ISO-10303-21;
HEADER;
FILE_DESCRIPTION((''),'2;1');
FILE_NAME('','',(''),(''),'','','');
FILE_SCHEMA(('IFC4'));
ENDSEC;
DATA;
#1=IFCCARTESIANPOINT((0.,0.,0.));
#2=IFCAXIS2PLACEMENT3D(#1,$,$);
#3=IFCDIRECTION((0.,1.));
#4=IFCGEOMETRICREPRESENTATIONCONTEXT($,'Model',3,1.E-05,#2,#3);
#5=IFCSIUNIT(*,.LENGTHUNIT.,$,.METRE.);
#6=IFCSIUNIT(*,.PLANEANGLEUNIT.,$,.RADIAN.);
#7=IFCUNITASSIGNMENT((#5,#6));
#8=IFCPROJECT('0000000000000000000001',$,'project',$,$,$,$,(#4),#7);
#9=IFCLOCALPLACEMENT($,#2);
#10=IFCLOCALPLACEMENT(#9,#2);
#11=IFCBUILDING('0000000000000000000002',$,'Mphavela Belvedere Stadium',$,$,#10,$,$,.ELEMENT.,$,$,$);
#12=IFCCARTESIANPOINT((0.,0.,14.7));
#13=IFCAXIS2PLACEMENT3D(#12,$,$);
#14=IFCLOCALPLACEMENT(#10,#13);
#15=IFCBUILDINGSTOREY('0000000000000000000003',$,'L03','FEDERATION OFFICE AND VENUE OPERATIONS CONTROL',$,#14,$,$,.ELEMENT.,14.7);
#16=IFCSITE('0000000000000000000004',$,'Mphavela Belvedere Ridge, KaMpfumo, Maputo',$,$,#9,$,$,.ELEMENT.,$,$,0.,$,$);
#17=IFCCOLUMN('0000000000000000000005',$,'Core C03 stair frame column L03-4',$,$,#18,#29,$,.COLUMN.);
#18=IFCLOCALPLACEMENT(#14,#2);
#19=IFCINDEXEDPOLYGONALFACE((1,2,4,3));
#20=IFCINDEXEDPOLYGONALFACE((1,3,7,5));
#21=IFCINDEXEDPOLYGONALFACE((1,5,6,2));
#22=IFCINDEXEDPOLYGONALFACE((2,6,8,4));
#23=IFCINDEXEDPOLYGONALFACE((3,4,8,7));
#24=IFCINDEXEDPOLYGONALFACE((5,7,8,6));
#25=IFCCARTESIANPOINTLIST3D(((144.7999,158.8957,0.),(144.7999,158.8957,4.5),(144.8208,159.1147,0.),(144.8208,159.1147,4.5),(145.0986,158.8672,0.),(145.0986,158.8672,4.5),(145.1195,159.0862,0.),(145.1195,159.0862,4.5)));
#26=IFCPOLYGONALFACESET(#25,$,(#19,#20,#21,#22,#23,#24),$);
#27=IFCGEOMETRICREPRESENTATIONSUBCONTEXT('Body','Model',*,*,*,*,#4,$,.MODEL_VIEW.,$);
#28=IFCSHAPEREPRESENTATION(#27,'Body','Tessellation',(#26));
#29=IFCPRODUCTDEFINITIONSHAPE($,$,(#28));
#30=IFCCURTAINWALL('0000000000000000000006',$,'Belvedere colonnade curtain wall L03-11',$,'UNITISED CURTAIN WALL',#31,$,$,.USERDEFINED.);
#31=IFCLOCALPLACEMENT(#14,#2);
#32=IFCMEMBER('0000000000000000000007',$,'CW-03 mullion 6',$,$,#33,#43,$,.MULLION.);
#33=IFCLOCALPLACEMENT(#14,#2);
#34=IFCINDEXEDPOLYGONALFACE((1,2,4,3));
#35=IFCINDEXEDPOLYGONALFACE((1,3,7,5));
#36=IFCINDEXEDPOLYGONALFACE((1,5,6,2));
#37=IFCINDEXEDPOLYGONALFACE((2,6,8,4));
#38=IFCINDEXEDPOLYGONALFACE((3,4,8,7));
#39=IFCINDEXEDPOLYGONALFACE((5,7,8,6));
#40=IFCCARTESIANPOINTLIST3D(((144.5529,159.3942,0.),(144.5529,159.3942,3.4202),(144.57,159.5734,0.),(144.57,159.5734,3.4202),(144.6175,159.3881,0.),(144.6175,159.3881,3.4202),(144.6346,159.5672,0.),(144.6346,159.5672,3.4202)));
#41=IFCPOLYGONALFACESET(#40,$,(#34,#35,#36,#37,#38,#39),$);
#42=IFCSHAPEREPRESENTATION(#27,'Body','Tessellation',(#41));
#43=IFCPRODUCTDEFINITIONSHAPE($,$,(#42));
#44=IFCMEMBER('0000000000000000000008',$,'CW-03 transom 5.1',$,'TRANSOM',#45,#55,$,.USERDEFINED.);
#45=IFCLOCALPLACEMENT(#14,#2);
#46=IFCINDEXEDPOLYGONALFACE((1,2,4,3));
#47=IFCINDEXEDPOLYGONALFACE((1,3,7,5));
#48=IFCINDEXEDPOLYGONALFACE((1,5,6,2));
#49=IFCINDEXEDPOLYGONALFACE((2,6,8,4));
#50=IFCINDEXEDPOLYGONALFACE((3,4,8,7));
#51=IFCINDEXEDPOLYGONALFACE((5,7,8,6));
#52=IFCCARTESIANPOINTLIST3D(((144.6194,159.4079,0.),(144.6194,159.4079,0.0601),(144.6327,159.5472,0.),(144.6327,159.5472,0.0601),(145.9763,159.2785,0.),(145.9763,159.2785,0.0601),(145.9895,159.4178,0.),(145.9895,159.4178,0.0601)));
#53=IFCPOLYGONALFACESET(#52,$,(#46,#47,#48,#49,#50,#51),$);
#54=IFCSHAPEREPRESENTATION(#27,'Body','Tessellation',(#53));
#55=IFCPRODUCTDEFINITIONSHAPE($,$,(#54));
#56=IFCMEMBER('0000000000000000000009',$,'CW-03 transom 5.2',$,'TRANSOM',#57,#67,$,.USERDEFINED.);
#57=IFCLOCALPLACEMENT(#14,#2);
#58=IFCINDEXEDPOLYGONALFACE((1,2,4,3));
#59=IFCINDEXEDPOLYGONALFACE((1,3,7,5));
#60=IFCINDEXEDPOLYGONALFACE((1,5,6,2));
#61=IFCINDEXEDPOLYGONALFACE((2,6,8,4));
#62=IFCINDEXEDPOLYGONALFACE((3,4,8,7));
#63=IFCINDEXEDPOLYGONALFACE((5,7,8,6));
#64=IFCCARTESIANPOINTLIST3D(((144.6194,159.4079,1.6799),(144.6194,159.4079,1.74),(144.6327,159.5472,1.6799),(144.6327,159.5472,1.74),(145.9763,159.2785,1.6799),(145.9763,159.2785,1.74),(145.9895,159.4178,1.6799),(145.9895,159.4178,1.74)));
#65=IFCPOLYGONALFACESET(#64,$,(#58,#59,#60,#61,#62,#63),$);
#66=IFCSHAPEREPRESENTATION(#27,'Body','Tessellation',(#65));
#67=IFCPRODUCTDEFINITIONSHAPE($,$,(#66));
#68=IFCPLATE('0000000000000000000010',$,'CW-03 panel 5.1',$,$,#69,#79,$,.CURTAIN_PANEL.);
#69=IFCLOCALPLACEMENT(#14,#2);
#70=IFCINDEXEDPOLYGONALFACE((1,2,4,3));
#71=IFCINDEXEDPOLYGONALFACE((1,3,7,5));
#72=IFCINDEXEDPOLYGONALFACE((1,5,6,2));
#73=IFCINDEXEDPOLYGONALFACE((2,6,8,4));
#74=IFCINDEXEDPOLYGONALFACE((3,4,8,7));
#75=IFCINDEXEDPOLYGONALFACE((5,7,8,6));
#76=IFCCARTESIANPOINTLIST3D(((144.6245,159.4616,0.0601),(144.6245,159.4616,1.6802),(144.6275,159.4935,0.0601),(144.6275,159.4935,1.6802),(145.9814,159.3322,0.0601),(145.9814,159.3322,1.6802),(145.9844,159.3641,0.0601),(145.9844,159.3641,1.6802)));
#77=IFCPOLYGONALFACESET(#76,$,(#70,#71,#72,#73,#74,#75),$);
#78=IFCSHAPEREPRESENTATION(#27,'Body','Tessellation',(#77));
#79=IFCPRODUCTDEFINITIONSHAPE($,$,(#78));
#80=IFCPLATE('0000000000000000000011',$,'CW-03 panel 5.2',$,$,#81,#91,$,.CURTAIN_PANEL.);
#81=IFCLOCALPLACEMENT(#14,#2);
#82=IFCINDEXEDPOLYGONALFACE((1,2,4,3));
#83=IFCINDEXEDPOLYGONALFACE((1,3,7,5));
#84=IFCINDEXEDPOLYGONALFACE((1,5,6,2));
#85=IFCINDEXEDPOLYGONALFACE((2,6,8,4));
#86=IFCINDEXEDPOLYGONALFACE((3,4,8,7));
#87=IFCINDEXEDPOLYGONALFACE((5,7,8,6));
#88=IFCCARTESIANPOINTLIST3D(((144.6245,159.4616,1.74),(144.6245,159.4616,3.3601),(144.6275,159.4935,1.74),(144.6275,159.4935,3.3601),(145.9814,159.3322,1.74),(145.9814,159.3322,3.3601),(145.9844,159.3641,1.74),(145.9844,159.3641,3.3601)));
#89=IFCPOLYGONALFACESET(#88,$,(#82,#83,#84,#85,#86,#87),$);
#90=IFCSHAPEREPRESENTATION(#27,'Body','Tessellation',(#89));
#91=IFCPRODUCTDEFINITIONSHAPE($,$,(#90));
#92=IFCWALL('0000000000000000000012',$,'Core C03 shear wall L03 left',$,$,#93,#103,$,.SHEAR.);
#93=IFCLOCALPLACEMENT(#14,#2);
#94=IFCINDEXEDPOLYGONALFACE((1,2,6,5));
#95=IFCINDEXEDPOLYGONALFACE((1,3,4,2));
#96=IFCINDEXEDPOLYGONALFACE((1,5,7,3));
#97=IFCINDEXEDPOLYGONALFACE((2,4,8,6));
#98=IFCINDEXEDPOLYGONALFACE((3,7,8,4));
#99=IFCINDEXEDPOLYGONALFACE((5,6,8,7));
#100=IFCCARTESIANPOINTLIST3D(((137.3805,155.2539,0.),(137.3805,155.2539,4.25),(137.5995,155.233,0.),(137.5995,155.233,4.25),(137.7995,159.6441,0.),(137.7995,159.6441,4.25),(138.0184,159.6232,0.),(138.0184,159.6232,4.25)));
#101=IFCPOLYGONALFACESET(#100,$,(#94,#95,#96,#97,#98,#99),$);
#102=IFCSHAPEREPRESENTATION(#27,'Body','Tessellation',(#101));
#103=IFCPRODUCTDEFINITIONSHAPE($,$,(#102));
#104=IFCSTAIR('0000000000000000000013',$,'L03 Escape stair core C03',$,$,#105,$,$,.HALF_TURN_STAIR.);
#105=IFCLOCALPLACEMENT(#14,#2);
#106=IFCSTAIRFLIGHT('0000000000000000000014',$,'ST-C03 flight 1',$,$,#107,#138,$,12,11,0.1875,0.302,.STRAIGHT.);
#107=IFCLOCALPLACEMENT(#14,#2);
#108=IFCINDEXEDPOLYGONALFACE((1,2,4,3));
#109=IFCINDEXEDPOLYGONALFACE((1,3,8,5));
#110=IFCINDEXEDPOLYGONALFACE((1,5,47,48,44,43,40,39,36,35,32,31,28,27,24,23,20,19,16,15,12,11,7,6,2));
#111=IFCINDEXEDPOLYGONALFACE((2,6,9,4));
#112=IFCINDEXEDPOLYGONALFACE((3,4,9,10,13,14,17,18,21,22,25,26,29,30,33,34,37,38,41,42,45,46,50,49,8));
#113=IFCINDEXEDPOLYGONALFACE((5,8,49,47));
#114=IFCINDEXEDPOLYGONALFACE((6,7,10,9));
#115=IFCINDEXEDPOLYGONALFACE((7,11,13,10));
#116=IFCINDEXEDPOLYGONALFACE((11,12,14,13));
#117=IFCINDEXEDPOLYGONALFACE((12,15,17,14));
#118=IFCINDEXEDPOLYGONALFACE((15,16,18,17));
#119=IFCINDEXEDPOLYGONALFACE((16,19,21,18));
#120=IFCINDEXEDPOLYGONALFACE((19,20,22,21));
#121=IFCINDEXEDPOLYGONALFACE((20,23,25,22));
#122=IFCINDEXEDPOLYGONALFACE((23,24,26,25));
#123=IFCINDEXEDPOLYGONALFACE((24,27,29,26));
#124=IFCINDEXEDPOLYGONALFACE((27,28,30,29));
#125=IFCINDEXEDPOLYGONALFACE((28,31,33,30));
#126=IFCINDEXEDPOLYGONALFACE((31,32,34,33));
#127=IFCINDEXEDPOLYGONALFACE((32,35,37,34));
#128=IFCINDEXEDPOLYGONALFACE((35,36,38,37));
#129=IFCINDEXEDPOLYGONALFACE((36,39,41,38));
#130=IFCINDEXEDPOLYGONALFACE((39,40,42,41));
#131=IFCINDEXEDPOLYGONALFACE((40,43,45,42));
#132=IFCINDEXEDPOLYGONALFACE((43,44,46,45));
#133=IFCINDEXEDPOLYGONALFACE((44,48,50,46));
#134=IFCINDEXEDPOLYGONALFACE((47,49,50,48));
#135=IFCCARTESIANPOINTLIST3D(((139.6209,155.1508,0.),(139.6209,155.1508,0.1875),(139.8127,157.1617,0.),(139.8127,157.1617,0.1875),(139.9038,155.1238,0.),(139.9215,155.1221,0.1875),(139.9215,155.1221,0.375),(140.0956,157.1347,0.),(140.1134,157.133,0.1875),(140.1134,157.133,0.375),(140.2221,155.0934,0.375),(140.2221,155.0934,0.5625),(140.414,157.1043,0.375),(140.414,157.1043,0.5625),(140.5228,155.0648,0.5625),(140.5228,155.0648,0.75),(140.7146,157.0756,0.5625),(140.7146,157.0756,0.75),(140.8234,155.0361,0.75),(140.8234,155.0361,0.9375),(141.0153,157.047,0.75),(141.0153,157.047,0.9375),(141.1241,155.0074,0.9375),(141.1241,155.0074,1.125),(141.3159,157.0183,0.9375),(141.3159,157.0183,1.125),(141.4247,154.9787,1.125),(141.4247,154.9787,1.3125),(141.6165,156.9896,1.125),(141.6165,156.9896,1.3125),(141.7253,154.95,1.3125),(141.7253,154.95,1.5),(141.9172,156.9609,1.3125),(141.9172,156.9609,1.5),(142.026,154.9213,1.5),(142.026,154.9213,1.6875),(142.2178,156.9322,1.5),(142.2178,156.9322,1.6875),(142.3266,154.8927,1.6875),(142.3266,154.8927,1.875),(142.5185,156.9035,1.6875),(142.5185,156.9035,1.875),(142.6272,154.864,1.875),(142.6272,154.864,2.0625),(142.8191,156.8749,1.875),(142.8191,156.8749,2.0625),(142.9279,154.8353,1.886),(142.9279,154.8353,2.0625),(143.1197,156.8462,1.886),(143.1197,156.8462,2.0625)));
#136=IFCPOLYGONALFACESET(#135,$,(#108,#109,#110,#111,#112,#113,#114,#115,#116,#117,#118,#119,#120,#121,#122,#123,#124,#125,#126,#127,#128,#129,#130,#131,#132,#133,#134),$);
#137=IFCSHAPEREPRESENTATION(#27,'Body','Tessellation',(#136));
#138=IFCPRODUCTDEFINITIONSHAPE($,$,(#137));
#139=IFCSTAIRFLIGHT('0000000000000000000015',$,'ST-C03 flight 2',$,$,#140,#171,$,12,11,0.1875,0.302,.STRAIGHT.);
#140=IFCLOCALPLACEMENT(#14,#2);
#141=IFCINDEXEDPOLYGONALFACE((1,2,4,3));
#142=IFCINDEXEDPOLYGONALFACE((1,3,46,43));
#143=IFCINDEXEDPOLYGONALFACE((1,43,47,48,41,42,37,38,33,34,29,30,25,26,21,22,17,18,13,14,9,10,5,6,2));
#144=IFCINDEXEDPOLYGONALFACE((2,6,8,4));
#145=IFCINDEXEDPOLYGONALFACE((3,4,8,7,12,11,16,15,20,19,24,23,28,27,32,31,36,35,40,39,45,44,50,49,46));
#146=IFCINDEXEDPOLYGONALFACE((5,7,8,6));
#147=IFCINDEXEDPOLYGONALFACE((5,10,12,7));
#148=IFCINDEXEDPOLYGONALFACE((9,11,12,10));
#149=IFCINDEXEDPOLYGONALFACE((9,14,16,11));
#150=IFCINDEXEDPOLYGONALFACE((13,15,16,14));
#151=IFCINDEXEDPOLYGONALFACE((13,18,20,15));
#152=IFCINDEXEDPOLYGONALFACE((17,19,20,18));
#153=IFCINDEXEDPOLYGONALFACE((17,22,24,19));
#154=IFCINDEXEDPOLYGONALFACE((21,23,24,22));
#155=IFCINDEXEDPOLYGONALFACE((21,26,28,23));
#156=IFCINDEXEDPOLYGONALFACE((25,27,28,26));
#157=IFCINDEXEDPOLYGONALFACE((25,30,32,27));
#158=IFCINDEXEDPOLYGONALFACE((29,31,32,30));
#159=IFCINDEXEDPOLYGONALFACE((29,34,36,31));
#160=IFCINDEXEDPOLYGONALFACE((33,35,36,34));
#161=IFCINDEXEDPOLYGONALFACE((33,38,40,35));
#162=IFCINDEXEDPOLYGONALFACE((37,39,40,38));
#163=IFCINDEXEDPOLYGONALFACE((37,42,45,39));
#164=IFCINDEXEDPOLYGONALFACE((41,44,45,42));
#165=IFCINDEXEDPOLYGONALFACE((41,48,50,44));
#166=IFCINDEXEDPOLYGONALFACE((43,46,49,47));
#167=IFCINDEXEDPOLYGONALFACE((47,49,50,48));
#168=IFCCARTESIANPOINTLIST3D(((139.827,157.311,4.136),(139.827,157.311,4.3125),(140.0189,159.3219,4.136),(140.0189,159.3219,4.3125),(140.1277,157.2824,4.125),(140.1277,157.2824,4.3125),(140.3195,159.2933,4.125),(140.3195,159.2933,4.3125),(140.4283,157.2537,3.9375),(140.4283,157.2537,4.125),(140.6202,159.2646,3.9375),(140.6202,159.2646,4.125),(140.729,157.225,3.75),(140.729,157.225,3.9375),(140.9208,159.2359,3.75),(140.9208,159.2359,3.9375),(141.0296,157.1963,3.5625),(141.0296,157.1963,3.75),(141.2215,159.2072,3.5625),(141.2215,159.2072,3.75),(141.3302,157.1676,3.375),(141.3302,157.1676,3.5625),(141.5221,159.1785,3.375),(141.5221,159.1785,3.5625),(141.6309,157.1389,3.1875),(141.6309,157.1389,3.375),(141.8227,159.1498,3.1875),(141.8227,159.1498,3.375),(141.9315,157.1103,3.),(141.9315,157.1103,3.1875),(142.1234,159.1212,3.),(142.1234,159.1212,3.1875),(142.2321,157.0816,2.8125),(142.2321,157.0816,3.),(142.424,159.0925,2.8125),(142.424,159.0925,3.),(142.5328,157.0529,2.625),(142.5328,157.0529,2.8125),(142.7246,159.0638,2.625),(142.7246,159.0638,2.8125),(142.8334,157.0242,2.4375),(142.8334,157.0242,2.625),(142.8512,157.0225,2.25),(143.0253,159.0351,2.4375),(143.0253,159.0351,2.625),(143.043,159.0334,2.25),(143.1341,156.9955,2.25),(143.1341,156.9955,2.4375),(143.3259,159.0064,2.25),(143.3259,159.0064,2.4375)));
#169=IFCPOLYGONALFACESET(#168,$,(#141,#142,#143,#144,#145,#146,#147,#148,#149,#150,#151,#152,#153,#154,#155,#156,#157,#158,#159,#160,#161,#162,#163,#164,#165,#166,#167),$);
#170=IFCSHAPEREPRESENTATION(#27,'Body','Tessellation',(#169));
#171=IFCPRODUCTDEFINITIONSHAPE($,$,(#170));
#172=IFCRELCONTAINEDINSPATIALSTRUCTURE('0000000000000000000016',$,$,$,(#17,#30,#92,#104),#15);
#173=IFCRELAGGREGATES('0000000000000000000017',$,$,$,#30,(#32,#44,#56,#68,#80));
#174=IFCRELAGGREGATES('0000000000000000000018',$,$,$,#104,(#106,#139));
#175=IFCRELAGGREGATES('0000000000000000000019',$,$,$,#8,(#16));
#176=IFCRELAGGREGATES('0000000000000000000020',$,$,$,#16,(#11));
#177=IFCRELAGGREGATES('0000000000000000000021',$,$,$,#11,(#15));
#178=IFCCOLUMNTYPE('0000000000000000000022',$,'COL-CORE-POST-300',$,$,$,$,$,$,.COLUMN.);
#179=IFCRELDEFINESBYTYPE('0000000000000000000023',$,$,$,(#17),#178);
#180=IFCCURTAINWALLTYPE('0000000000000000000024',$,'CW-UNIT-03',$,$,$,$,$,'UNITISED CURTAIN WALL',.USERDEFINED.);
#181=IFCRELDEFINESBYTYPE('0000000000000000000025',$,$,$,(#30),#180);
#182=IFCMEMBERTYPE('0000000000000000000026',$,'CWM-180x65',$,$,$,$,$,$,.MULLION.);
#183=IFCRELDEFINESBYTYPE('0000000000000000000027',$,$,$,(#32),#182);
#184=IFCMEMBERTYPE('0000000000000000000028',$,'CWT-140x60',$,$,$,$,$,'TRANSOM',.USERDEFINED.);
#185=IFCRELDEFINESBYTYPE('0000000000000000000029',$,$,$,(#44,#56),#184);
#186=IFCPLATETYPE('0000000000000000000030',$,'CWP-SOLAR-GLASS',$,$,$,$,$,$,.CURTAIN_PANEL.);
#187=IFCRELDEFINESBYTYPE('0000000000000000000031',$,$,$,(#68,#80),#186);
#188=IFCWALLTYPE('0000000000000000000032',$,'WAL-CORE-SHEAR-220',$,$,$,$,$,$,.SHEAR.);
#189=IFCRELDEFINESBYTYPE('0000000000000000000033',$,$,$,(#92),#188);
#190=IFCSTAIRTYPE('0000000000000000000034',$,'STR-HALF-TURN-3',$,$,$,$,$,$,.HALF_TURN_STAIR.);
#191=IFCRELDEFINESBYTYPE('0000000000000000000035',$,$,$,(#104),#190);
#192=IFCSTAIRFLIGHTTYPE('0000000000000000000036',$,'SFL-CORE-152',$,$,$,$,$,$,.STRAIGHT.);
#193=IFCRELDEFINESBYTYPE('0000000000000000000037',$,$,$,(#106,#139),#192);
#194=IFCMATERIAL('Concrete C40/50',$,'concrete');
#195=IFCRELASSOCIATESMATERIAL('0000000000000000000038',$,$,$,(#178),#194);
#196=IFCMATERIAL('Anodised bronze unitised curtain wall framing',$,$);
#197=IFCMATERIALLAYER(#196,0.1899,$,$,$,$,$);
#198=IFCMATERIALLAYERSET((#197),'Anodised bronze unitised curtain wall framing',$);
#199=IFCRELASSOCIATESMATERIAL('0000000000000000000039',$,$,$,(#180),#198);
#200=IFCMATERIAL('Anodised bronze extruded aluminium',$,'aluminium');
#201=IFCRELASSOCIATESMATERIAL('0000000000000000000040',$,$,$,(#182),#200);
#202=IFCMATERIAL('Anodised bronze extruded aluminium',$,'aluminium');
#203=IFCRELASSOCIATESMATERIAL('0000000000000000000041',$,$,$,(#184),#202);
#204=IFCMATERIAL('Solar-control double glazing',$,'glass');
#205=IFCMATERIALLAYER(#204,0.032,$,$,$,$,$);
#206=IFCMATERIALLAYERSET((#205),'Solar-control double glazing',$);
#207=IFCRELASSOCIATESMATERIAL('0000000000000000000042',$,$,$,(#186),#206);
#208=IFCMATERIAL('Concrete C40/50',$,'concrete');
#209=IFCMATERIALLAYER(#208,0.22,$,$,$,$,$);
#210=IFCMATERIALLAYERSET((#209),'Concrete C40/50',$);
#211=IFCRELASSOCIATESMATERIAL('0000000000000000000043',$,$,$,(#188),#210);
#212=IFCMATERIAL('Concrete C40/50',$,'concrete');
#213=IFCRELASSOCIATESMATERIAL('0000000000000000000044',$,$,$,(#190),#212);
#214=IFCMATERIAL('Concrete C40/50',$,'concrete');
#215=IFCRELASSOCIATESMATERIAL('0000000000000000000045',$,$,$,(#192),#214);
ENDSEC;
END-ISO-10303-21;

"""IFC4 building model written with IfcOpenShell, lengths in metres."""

from ifc_helpers import new_model, si_unit, direction, frame, frame_2d, origin, origin_2d, place, context, subcontext, project, spatial, polyline, rectangle, outline, extrude, material, layer, layer_set, material_profile, profile_set, type_object, element, aggregate, save


model = new_model("IFC4")

# Units and contexts
model_context = context("Model", 3, precision=1e-05, world=origin(), true_north=direction((0.0, 1.0)))
body_context = subcontext(model_context, "Body", "Model", "MODEL_VIEW")
ifc_project = project(units=[si_unit("LENGTHUNIT", "METRE"), si_unit("PLANEANGLEUNIT", "RADIAN")], contexts=[model_context])

# Site, building, storey
site_placement = place(None, origin())
site = spatial("IfcSite", under=ifc_project, at=site_placement, Name="Mphavela Belvedere Ridge, KaMpfumo, Maputo", CompositionType="ELEMENT", RefElevation=0.0)
building_placement = place(site_placement, origin())
building = spatial("IfcBuilding", under=site, at=building_placement, Name="Mphavela Belvedere Stadium", CompositionType="ELEMENT")
storey_placement = place(building_placement, frame((0.0, 0.0, 14.7)))
storey = spatial("IfcBuildingStorey", under=building, at=storey_placement, Name="L03", Description="FEDERATION OFFICE AND VENUE OPERATIONS CONTROL", CompositionType="ELEMENT", Elevation=14.7)

# Column
ifc_material_1 = material(Name="Concrete C40/50", Category="concrete")
ifc_material_profile_1 = material_profile(ifc_material_1, rectangle(XDim=0.3, YDim=0.22, at=origin_2d()), Name="RC 300x220")
ifc_profile_set_1 = profile_set([ifc_material_profile_1], Name="Concrete C40/50")
column_type = type_object("IfcColumnType", Name="COL-CORE-POST-300", PredefinedType="COLUMN", material=ifc_profile_set_1)
column_placement = place(storey_placement, frame((144.9597, 158.991, 0.0), z_axis=(0.0, 0.0, 1.0), x_axis=(0.995479, -0.094977, 0.0)))
element("IfcColumn", 1, at=column_placement, inside=storey, type_object=column_type, Name="Core C03 stair frame column L03-4", PredefinedType="COLUMN", context=body_context, shape_type="SweptSolid", body=[
    extrude(rectangle(XDim=0.3, YDim=0.22, at=origin_2d()), origin(), (0.0, 0.0, 1.0), 4.5),
])

# Curtain wall, members, plates
ifc_material_2 = material(Name="Anodised bronze unitised curtain wall framing")
ifc_layer_1 = layer(ifc_material_2, 0.1899)
ifc_layer_set_1 = layer_set([ifc_layer_1], Name="Anodised bronze unitised curtain wall framing")
curtain_wall_type = type_object("IfcCurtainWallType", Name="CW-UNIT-03", ElementType="UNITISED CURTAIN WALL", PredefinedType="USERDEFINED", material=ifc_layer_set_1)
curtain_wall_placement = place(storey_placement, origin())
curtain_wall = element("IfcCurtainWall", 2, at=curtain_wall_placement, inside=storey, type_object=curtain_wall_type, Name="Belvedere colonnade curtain wall L03-11", ObjectType="UNITISED CURTAIN WALL", PredefinedType="USERDEFINED")
ifc_material_3 = material(Name="Anodised bronze extruded aluminium", Category="aluminium")
ifc_material_profile_2 = material_profile(ifc_material_3, rectangle(XDim=0.1799, YDim=0.0649, at=origin_2d()), Name="CW-MUL 180x65")
ifc_profile_set_2 = profile_set([ifc_material_profile_2], Name="Anodised bronze extruded aluminium")
member_type_1 = type_object("IfcMemberType", Name="CWM-180x65", PredefinedType="MULLION", material=ifc_profile_set_2)
member_1_placement = place(storey_placement, frame((144.5938, 159.4807, 0.0), z_axis=(0.0, 0.0, 1.0), x_axis=(-0.094929, -0.995484, 0.0)))
member_1 = element("IfcMember", 3, at=member_1_placement, type_object=member_type_1, Name="CW-03 mullion 6", PredefinedType="MULLION", context=body_context, shape_type="SweptSolid", body=[
    extrude(rectangle(XDim=0.1799, YDim=0.0649, at=origin_2d()), origin(), (0.0, 0.0, 1.0), 3.4202),
])
ifc_material_4 = material(Name="Anodised bronze extruded aluminium", Category="aluminium")
ifc_material_profile_3 = material_profile(ifc_material_4, rectangle(XDim=0.1399, YDim=0.0601, at=origin_2d()), Name="CW-TRN 140x60")
ifc_profile_set_3 = profile_set([ifc_material_profile_3], Name="Anodised bronze extruded aluminium")
member_type_2 = type_object("IfcMemberType", Name="CWT-140x60", ElementType="TRANSOM", PredefinedType="USERDEFINED", material=ifc_profile_set_3)
member_2_placement = place(storey_placement, frame((145.9829, 159.3481, 0.03), z_axis=(-0.995484, 0.094927, 0.0), x_axis=(-0.094927, -0.995484, 0.0)))
member_2 = element("IfcMember", 4, at=member_2_placement, type_object=member_type_2, Name="CW-03 transom 5.1", ObjectType="TRANSOM", PredefinedType="USERDEFINED", context=body_context, shape_type="SweptSolid", body=[
    extrude(rectangle(XDim=0.1399, YDim=0.0601, at=origin_2d()), origin(), (0.0, 0.0, 1.0), 1.363),
])
member_3_placement = place(storey_placement, frame((145.9829, 159.3481, 1.71), z_axis=(-0.995484, 0.094927, 0.0), x_axis=(-0.094927, -0.995484, 0.0)))
member_3 = element("IfcMember", 5, at=member_3_placement, type_object=member_type_2, Name="CW-03 transom 5.2", ObjectType="TRANSOM", PredefinedType="USERDEFINED", context=body_context, shape_type="SweptSolid", body=[
    extrude(rectangle(XDim=0.1399, YDim=0.0601, at=origin_2d()), origin(), (0.0, 0.0, 1.0), 1.363),
])
ifc_material_5 = material(Name="Solar-control double glazing", Category="glass")
ifc_layer_2 = layer(ifc_material_5, 0.032)
ifc_layer_set_2 = layer_set([ifc_layer_2], Name="Solar-control double glazing")
plate_type = type_object("IfcPlateType", Name="CWP-SOLAR-GLASS", PredefinedType="CURTAIN_PANEL", material=ifc_layer_set_2)
plate_1_placement = place(storey_placement, frame((145.3044, 159.4128, 0.0601), z_axis=(0.0, 0.0, 1.0), x_axis=(-0.995484, 0.094929, 0.0)))
plate_1 = element("IfcPlate", 6, at=plate_1_placement, type_object=plate_type, Name="CW-03 panel 5.1", PredefinedType="CURTAIN_PANEL", context=body_context, shape_type="SweptSolid", body=[
    extrude(rectangle(XDim=1.363, YDim=0.032, at=origin_2d()), origin(), (0.0, 0.0, 1.0), 1.6201),
])
plate_2_placement = place(storey_placement, frame((145.3044, 159.4128, 1.74), z_axis=(0.0, 0.0, 1.0), x_axis=(-0.995484, 0.094929, 0.0)))
plate_2 = element("IfcPlate", 7, at=plate_2_placement, type_object=plate_type, Name="CW-03 panel 5.2", PredefinedType="CURTAIN_PANEL", context=body_context, shape_type="SweptSolid", body=[
    extrude(rectangle(XDim=1.363, YDim=0.032, at=origin_2d()), origin(), (0.0, 0.0, 1.0), 1.6201),
])
aggregate(curtain_wall, [member_1, member_2, member_3, plate_1, plate_2])

# Wall
ifc_material_6 = material(Name="Concrete C40/50", Category="concrete")
ifc_layer_3 = layer(ifc_material_6, 0.22)
ifc_layer_set_3 = layer_set([ifc_layer_3], Name="Concrete C40/50")
wall_type = type_object("IfcWallType", Name="WAL-CORE-SHEAR-220", PredefinedType="SHEAR", material=ifc_layer_set_3)
wall_1_placement = place(storey_placement, frame((137.49, 155.2434, 0.0), z_axis=(0.0, 0.0, 1.0), x_axis=(0.094997, 0.995478, 0.0)))
element("IfcWall", 8, at=wall_1_placement, inside=storey, type_object=wall_type, Name="Core C03 shear wall L03 left", PredefinedType="SHEAR", context=body_context, shape_type="SweptSolid", body=[
    extrude(rectangle(XDim=4.4102, YDim=0.22, at=frame_2d((2.2051, 0.0))), origin(), (0.0, 0.0, 1.0), 4.25),
])

# Stair, stair flights
ifc_material_7 = material(Name="Concrete C40/50", Category="concrete")
stair_type = type_object("IfcStairType", Name="STR-HALF-TURN-3", PredefinedType="HALF_TURN_STAIR", material=ifc_material_7)
stair_placement = place(storey_placement, origin())
stair = element("IfcStair", 9, at=stair_placement, inside=storey, type_object=stair_type, Name="L03 Escape stair core C03", PredefinedType="HALF_TURN_STAIR")
ifc_material_8 = material(Name="Concrete C40/50", Category="concrete")
stair_flight_type = type_object("IfcStairFlightType", Name="SFL-CORE-152", PredefinedType="STRAIGHT", material=ifc_material_8)
stair_flight_1_placement = place(storey_placement, frame((139.7168, 156.1562, 0.0), z_axis=(0.0, 0.0, 1.0), x_axis=(0.995479, -0.094977, 0.0)))
stair_flight_1 = element("IfcStairFlight", 10, at=stair_flight_1_placement, type_object=stair_flight_type, Name="ST-C03 flight 1", NumberOfRisers=12, NumberOfTreads=11, PredefinedType="STRAIGHT", RiserHeight=0.1875, TreadLength=0.302, context=body_context, shape_type="SweptSolid", body=[
    extrude(outline(polyline([(0.0, 0.0), (0.0, 0.1875), (0.302, 0.1875), (0.302, 0.375), (0.604, 0.375), (0.604, 0.5625), (0.906, 0.5625), (0.906, 0.75), (1.208, 0.75), (1.208, 0.9375), (1.51, 0.9375), (1.51, 1.125), (1.812, 1.125), (1.812, 1.3125), (2.114, 1.3125), (2.114, 1.5), (2.416, 1.5), (2.416, 1.6875), (2.718, 1.6875), (2.718, 1.875), (3.02, 1.875), (3.02, 2.0625), (3.322, 2.0625), (3.322, 2.25), (3.322, 1.886), (0.2842, 0.0), (0.0, 0.0)])), frame((0.0, 1.01, 0.0), z_axis=(0.0, -1.0, 0.0), x_axis=(1.0, 0.0, 0.0)), (0.0, 0.0, 1.0), 2.02),
])
stair_flight_2_placement = place(storey_placement, frame((143.23, 158.001, 2.25), z_axis=(0.0, 0.0, 1.0), x_axis=(-0.995479, 0.094977, 0.0)))
stair_flight_2 = element("IfcStairFlight", 11, at=stair_flight_2_placement, type_object=stair_flight_type, Name="ST-C03 flight 2", NumberOfRisers=12, NumberOfTreads=11, PredefinedType="STRAIGHT", RiserHeight=0.1875, TreadLength=0.302, context=body_context, shape_type="SweptSolid", body=[
    extrude(outline(polyline([(0.0, 0.0), (0.0, 0.1875), (0.302, 0.1875), (0.302, 0.375), (0.604, 0.375), (0.604, 0.5625), (0.906, 0.5625), (0.906, 0.75), (1.208, 0.75), (1.208, 0.9375), (1.51, 0.9375), (1.51, 1.125), (1.812, 1.125), (1.812, 1.3125), (2.114, 1.3125), (2.114, 1.5), (2.416, 1.5), (2.416, 1.6875), (2.718, 1.6875), (2.718, 1.875), (3.02, 1.875), (3.02, 2.0625), (3.322, 2.0625), (3.322, 2.25), (3.322, 1.886), (0.2842, 0.0), (0.0, 0.0)])), frame((0.0, 1.01, 0.0), z_axis=(0.0, -1.0, 0.0), x_axis=(1.0, 0.0, 0.0)), (0.0, 0.0, 1.0), 2.02),
])
aggregate(stair, [stair_flight_1, stair_flight_2])

save(model, "model.ifc")
